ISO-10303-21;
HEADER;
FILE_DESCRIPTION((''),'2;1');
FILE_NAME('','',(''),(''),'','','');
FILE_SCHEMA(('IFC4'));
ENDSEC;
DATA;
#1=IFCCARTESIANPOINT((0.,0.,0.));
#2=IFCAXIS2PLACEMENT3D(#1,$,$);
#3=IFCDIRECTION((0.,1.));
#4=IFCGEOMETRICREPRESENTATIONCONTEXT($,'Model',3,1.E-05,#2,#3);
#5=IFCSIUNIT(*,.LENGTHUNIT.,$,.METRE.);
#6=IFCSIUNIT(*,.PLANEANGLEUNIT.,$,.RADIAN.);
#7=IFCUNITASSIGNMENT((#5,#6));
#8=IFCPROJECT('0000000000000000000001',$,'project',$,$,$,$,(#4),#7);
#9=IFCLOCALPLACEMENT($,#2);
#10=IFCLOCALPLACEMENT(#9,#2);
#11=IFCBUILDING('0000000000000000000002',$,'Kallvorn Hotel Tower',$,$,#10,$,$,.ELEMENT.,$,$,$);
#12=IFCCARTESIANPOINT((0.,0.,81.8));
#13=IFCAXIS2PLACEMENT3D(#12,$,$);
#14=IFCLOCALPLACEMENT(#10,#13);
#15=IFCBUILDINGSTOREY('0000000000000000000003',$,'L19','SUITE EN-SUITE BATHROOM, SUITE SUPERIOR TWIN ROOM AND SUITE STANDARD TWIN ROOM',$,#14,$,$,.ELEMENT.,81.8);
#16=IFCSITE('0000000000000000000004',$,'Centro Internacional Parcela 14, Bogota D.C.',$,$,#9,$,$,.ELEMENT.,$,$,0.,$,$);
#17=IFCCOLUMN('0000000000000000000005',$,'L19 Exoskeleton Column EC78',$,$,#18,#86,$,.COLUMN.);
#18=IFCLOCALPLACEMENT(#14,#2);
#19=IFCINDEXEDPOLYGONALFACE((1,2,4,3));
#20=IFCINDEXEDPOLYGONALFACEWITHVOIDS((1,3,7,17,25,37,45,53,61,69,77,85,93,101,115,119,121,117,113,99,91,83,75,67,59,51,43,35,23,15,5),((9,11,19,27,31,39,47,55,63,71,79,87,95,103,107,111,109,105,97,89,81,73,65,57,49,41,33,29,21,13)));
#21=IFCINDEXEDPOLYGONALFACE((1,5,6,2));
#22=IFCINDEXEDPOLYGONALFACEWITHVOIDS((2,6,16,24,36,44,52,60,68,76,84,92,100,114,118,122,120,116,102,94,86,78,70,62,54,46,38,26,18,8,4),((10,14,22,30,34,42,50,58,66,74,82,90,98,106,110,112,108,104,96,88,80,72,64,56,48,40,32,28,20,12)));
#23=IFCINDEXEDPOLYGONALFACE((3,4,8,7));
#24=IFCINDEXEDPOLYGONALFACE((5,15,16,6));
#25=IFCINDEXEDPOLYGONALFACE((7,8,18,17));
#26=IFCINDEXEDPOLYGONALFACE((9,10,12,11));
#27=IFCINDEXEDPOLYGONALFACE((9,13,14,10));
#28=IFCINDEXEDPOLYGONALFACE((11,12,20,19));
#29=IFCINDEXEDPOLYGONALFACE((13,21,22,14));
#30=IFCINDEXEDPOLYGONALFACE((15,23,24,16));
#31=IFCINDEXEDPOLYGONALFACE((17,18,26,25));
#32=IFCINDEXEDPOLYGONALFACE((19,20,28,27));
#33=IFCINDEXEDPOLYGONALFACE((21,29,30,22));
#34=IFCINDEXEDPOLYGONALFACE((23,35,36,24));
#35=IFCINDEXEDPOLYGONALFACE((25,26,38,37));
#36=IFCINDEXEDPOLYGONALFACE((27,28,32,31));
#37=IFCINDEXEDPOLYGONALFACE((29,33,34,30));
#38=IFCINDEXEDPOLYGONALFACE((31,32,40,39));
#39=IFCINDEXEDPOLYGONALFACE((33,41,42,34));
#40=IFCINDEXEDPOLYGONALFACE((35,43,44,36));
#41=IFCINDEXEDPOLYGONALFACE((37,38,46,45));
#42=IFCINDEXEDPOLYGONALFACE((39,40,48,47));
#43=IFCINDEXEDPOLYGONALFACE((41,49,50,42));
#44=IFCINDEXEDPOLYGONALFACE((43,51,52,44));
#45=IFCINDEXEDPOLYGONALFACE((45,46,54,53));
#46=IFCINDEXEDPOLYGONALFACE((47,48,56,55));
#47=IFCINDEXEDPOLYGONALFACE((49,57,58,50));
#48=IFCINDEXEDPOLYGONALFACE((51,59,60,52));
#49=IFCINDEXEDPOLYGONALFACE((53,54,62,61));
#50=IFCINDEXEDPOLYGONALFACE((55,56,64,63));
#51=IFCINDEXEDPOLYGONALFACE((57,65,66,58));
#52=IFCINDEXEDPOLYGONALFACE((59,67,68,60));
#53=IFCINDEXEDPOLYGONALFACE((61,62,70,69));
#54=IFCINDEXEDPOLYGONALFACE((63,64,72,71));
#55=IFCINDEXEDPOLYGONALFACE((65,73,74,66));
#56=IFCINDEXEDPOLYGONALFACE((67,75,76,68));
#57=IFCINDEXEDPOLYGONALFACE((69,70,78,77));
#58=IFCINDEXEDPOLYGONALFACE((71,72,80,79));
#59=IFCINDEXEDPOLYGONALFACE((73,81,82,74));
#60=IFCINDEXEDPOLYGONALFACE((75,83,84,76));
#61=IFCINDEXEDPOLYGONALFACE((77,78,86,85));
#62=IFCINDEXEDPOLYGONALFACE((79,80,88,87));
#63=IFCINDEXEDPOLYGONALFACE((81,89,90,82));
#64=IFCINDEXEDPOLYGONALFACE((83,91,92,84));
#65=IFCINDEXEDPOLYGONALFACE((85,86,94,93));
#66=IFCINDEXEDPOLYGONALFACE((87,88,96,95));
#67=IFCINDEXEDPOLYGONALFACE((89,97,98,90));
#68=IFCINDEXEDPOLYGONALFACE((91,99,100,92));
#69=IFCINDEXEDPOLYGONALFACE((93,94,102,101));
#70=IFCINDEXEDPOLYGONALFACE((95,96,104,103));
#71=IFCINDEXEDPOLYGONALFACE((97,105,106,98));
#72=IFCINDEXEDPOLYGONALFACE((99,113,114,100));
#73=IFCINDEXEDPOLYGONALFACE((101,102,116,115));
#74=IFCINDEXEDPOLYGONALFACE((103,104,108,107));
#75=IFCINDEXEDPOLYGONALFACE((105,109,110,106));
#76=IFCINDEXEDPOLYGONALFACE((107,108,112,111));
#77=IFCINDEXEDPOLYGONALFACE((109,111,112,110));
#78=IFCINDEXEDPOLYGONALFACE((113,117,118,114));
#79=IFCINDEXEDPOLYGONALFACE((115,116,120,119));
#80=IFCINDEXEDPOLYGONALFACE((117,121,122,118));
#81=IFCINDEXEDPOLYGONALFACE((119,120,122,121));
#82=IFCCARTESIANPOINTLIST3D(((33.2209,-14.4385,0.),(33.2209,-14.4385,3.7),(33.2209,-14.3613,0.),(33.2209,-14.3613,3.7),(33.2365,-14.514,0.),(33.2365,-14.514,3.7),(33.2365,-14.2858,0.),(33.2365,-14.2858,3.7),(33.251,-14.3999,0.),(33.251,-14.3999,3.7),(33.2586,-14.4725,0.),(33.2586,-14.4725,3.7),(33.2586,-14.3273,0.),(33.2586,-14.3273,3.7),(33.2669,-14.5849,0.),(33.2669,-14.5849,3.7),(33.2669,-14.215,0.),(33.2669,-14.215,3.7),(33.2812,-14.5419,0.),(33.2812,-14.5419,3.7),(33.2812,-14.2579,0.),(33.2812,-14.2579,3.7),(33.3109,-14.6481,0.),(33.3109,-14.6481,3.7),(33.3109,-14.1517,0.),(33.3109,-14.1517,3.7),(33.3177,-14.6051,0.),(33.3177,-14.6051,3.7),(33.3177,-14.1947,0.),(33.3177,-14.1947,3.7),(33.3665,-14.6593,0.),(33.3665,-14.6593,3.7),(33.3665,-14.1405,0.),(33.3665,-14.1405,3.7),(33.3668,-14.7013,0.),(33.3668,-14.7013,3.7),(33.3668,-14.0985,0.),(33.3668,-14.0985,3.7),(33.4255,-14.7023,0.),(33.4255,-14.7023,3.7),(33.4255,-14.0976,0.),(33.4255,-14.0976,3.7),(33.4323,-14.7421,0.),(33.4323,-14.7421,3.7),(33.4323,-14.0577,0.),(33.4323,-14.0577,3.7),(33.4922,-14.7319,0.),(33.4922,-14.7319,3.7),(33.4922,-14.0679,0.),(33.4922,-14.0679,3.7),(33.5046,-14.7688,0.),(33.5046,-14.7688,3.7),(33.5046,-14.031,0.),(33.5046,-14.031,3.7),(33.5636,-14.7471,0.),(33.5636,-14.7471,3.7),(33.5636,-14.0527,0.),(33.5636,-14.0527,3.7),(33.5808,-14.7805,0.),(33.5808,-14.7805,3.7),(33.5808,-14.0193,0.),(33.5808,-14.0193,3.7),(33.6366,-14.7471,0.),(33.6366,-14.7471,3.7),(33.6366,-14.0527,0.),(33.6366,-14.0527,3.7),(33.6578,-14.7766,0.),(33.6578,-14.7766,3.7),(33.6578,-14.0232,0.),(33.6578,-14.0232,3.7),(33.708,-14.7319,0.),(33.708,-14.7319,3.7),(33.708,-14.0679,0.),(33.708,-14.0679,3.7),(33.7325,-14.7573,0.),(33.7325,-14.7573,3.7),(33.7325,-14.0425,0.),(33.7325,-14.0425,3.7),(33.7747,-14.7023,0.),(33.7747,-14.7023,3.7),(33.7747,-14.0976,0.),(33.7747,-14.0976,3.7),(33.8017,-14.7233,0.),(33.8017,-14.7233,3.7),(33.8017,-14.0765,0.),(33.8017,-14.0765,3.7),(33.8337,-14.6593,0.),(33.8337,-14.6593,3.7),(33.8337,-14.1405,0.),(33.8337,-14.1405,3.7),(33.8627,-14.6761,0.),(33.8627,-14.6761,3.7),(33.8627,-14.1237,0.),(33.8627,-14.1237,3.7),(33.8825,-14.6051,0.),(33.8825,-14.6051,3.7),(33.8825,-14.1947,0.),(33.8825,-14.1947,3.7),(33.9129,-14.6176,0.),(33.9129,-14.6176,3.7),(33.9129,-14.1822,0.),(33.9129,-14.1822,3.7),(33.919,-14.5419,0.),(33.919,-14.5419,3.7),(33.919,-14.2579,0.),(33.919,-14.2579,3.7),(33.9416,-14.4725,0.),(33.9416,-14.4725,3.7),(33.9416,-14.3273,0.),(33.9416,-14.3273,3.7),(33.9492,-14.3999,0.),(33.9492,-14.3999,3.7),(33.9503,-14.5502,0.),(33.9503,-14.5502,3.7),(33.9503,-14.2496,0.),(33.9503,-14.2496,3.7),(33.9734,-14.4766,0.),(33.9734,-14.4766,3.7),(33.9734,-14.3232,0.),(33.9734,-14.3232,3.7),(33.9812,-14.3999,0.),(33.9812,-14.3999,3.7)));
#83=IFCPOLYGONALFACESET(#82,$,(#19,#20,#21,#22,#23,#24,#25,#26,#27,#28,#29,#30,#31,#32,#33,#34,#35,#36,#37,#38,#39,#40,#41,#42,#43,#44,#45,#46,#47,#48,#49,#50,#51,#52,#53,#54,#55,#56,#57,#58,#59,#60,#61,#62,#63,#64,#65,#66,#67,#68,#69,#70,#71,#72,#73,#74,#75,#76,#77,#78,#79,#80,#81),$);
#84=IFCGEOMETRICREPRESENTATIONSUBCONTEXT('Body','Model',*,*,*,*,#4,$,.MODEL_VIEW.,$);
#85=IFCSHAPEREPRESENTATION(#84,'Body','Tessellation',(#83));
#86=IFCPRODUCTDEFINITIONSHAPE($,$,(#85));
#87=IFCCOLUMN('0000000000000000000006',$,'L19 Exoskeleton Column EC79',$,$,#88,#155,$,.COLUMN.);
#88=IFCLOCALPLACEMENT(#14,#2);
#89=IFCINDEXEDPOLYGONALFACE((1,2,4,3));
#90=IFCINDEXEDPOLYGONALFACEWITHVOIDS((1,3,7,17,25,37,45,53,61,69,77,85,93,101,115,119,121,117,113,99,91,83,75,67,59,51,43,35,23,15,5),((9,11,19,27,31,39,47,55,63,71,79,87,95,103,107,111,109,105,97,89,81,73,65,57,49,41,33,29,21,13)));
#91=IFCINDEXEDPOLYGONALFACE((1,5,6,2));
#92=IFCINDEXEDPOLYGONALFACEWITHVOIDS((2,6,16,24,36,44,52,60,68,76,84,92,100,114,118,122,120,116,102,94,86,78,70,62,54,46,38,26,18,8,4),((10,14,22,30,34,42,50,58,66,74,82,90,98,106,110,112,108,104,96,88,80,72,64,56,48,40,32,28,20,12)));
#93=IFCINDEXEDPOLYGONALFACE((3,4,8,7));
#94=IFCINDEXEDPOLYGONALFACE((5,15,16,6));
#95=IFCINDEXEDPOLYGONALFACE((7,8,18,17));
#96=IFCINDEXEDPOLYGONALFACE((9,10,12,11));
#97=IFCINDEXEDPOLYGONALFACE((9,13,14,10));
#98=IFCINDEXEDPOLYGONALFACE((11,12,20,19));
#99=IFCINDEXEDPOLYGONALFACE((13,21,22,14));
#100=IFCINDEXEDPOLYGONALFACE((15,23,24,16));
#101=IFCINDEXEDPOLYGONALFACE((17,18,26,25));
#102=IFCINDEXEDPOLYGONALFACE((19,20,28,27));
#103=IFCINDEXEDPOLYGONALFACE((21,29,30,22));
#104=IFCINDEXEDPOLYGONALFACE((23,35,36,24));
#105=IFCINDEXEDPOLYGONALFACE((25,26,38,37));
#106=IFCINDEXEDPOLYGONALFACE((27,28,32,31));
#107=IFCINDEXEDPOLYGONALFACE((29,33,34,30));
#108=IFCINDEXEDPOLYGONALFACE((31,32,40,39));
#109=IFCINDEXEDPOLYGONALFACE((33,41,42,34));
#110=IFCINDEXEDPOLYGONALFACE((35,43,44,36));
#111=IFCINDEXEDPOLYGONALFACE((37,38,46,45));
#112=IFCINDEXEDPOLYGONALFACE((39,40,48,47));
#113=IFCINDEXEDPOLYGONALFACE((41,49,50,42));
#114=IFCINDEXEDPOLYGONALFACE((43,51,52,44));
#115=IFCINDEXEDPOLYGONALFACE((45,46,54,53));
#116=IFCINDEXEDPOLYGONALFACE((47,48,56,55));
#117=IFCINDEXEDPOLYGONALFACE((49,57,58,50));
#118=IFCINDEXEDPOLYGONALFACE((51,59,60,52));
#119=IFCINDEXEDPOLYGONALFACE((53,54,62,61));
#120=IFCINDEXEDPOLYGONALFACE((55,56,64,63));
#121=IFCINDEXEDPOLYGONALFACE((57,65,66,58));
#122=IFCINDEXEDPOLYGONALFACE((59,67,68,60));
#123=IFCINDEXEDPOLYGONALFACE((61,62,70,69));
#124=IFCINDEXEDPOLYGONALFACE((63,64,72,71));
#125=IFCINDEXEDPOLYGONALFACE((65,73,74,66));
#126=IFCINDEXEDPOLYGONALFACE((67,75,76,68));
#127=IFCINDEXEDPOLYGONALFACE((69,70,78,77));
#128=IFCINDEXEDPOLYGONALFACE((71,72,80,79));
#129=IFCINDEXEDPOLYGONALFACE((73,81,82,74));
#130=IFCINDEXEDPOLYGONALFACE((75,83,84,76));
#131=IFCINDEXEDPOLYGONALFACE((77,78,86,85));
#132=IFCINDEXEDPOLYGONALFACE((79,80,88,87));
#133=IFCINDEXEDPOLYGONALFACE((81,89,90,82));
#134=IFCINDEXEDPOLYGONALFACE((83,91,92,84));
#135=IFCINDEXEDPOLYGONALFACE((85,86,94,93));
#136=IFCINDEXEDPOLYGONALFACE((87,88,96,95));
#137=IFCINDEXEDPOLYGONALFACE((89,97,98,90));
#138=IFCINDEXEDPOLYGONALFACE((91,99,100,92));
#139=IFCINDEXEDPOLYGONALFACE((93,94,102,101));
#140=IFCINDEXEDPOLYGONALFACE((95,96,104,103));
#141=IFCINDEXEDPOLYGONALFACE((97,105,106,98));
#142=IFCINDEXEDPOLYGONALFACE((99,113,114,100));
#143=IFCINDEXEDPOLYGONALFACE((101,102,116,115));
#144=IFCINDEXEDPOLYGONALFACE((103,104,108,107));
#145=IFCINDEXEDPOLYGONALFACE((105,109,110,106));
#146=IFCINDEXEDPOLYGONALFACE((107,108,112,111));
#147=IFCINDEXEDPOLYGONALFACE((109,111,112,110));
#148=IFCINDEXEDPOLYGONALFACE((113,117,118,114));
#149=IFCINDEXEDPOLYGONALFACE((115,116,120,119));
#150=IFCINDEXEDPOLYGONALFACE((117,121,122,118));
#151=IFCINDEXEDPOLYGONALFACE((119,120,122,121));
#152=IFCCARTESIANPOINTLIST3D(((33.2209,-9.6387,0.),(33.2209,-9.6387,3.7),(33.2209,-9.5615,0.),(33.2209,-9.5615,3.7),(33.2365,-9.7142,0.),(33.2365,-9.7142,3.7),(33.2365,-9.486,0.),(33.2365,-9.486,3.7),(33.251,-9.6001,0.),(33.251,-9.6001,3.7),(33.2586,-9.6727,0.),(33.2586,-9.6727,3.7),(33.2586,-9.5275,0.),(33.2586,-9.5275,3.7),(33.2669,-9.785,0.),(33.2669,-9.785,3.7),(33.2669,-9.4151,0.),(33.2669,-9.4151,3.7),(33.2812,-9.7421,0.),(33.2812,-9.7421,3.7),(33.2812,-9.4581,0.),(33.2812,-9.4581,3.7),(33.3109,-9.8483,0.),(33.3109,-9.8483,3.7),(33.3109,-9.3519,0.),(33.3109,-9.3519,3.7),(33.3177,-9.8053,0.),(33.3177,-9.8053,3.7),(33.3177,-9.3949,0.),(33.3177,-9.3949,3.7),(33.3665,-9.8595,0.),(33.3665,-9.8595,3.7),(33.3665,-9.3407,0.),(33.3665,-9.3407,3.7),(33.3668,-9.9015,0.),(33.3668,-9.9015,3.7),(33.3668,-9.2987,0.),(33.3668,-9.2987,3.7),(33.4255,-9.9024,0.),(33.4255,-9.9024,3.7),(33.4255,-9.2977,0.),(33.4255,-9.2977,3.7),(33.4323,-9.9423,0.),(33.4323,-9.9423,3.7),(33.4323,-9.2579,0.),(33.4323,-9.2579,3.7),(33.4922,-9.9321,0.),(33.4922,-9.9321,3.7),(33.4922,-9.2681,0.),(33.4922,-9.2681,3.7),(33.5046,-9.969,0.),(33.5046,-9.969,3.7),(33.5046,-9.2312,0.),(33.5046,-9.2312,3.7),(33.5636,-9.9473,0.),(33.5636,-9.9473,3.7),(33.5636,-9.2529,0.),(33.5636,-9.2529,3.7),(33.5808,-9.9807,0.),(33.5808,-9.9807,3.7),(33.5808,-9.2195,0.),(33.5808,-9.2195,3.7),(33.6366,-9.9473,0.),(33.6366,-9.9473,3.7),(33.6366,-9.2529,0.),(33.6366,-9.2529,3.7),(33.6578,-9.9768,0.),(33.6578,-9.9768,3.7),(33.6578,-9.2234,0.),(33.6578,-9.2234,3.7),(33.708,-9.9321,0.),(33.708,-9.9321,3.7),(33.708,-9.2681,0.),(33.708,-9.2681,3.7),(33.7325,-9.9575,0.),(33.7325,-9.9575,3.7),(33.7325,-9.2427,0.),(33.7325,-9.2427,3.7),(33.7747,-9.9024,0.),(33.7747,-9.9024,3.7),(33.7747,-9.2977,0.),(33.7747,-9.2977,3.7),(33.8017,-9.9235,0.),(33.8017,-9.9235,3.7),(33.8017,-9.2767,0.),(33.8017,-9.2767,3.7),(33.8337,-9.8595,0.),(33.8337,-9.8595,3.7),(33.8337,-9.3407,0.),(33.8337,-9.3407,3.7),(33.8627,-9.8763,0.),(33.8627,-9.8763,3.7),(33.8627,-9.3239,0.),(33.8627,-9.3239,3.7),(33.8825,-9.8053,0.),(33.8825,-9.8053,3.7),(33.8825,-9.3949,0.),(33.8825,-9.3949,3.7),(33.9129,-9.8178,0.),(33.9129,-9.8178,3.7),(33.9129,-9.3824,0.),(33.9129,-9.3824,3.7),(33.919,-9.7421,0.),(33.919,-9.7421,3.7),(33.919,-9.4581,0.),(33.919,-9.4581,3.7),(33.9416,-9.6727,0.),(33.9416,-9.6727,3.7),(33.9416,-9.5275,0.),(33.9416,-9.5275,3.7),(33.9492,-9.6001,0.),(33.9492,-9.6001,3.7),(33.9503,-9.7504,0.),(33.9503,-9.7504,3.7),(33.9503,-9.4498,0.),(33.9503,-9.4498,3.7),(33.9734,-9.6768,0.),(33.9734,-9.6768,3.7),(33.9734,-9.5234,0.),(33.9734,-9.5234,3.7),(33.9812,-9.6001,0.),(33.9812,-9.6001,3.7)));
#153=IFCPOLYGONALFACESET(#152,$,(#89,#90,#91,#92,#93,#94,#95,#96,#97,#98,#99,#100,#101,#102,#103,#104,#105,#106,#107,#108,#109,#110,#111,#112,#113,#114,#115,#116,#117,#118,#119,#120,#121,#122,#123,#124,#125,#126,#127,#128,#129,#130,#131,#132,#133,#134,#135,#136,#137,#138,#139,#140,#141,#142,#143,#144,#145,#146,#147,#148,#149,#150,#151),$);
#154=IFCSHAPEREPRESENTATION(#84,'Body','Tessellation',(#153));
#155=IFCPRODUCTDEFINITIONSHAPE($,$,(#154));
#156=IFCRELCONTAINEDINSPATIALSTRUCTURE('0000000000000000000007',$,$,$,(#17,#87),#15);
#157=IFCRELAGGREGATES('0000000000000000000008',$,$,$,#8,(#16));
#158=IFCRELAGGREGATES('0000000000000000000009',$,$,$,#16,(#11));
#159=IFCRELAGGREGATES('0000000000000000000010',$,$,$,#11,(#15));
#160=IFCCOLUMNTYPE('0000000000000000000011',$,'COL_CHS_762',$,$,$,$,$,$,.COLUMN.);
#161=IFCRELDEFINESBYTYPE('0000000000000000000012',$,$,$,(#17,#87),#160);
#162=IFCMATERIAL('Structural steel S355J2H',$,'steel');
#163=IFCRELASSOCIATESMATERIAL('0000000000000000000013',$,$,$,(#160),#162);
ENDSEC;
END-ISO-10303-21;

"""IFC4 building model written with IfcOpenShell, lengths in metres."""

from ifc_helpers import new_model, si_unit, direction, frame, origin, origin_2d, place, context, subcontext, project, spatial, hollow_circle, extrude, material, material_profile, profile_set, type_object, element, save


model = new_model("IFC4")

# Units and contexts
model_context = context("Model", 3, precision=1e-05, world=origin(), true_north=direction((0.0, 1.0)))
body_context = subcontext(model_context, "Body", "Model", "MODEL_VIEW")
ifc_project = project(units=[si_unit("LENGTHUNIT", "METRE"), si_unit("PLANEANGLEUNIT", "RADIAN")], contexts=[model_context])

# Site, building, storey
site_placement = place(None, origin())
site = spatial("IfcSite", under=ifc_project, at=site_placement, Name="Centro Internacional Parcela 14, Bogota D.C.", CompositionType="ELEMENT", RefElevation=0.0)
building_placement = place(site_placement, origin())
building = spatial("IfcBuilding", under=site, at=building_placement, Name="Kallvorn Hotel Tower", CompositionType="ELEMENT")
storey_placement = place(building_placement, frame((0.0, 0.0, 81.8)))
storey = spatial("IfcBuildingStorey", under=building, at=storey_placement, Name="L19", Description="SUITE EN-SUITE BATHROOM, SUITE SUPERIOR TWIN ROOM AND SUITE STANDARD TWIN ROOM", CompositionType="ELEMENT", Elevation=81.8)

# Columns
ifc_material_1 = material(Name="Structural steel S355J2H", Category="steel")
ifc_material_profile_1 = material_profile(ifc_material_1, hollow_circle(Radius=0.3811, WallThickness=0.032, at=origin_2d()), Name="CHS 762x32")
ifc_profile_set_1 = profile_set([ifc_material_profile_1], Name="Structural steel S355J2H")
column_type_1 = type_object("IfcColumnType", Name="COL_CHS_762", PredefinedType="COLUMN", material=ifc_profile_set_1)
for number, where, z_axis, x_axis, name in (
    (1, (33.6001, -14.3999, 0.0), (0.0, 0.0, 1.0), (1.0, 0.0, 0.0), "L19 Exoskeleton Column EC78"),
    (2, (33.6001, -9.6001, 0.0), (0.0, 0.0, 1.0), (1.0, 0.0, 0.0), "L19 Exoskeleton Column EC79"),
):
    element("IfcColumn", number, at=place(storey_placement, frame(where, z_axis=z_axis, x_axis=x_axis)), inside=storey, type_object=column_type_1, Name=name, PredefinedType="COLUMN", context=body_context, shape_type="SweptSolid", body=[
        extrude(hollow_circle(Radius=0.3811, WallThickness=0.032, at=origin_2d()), origin(), (0.0, 0.0, 1.0), 3.7),
    ])

save(model, "model.ifc")
